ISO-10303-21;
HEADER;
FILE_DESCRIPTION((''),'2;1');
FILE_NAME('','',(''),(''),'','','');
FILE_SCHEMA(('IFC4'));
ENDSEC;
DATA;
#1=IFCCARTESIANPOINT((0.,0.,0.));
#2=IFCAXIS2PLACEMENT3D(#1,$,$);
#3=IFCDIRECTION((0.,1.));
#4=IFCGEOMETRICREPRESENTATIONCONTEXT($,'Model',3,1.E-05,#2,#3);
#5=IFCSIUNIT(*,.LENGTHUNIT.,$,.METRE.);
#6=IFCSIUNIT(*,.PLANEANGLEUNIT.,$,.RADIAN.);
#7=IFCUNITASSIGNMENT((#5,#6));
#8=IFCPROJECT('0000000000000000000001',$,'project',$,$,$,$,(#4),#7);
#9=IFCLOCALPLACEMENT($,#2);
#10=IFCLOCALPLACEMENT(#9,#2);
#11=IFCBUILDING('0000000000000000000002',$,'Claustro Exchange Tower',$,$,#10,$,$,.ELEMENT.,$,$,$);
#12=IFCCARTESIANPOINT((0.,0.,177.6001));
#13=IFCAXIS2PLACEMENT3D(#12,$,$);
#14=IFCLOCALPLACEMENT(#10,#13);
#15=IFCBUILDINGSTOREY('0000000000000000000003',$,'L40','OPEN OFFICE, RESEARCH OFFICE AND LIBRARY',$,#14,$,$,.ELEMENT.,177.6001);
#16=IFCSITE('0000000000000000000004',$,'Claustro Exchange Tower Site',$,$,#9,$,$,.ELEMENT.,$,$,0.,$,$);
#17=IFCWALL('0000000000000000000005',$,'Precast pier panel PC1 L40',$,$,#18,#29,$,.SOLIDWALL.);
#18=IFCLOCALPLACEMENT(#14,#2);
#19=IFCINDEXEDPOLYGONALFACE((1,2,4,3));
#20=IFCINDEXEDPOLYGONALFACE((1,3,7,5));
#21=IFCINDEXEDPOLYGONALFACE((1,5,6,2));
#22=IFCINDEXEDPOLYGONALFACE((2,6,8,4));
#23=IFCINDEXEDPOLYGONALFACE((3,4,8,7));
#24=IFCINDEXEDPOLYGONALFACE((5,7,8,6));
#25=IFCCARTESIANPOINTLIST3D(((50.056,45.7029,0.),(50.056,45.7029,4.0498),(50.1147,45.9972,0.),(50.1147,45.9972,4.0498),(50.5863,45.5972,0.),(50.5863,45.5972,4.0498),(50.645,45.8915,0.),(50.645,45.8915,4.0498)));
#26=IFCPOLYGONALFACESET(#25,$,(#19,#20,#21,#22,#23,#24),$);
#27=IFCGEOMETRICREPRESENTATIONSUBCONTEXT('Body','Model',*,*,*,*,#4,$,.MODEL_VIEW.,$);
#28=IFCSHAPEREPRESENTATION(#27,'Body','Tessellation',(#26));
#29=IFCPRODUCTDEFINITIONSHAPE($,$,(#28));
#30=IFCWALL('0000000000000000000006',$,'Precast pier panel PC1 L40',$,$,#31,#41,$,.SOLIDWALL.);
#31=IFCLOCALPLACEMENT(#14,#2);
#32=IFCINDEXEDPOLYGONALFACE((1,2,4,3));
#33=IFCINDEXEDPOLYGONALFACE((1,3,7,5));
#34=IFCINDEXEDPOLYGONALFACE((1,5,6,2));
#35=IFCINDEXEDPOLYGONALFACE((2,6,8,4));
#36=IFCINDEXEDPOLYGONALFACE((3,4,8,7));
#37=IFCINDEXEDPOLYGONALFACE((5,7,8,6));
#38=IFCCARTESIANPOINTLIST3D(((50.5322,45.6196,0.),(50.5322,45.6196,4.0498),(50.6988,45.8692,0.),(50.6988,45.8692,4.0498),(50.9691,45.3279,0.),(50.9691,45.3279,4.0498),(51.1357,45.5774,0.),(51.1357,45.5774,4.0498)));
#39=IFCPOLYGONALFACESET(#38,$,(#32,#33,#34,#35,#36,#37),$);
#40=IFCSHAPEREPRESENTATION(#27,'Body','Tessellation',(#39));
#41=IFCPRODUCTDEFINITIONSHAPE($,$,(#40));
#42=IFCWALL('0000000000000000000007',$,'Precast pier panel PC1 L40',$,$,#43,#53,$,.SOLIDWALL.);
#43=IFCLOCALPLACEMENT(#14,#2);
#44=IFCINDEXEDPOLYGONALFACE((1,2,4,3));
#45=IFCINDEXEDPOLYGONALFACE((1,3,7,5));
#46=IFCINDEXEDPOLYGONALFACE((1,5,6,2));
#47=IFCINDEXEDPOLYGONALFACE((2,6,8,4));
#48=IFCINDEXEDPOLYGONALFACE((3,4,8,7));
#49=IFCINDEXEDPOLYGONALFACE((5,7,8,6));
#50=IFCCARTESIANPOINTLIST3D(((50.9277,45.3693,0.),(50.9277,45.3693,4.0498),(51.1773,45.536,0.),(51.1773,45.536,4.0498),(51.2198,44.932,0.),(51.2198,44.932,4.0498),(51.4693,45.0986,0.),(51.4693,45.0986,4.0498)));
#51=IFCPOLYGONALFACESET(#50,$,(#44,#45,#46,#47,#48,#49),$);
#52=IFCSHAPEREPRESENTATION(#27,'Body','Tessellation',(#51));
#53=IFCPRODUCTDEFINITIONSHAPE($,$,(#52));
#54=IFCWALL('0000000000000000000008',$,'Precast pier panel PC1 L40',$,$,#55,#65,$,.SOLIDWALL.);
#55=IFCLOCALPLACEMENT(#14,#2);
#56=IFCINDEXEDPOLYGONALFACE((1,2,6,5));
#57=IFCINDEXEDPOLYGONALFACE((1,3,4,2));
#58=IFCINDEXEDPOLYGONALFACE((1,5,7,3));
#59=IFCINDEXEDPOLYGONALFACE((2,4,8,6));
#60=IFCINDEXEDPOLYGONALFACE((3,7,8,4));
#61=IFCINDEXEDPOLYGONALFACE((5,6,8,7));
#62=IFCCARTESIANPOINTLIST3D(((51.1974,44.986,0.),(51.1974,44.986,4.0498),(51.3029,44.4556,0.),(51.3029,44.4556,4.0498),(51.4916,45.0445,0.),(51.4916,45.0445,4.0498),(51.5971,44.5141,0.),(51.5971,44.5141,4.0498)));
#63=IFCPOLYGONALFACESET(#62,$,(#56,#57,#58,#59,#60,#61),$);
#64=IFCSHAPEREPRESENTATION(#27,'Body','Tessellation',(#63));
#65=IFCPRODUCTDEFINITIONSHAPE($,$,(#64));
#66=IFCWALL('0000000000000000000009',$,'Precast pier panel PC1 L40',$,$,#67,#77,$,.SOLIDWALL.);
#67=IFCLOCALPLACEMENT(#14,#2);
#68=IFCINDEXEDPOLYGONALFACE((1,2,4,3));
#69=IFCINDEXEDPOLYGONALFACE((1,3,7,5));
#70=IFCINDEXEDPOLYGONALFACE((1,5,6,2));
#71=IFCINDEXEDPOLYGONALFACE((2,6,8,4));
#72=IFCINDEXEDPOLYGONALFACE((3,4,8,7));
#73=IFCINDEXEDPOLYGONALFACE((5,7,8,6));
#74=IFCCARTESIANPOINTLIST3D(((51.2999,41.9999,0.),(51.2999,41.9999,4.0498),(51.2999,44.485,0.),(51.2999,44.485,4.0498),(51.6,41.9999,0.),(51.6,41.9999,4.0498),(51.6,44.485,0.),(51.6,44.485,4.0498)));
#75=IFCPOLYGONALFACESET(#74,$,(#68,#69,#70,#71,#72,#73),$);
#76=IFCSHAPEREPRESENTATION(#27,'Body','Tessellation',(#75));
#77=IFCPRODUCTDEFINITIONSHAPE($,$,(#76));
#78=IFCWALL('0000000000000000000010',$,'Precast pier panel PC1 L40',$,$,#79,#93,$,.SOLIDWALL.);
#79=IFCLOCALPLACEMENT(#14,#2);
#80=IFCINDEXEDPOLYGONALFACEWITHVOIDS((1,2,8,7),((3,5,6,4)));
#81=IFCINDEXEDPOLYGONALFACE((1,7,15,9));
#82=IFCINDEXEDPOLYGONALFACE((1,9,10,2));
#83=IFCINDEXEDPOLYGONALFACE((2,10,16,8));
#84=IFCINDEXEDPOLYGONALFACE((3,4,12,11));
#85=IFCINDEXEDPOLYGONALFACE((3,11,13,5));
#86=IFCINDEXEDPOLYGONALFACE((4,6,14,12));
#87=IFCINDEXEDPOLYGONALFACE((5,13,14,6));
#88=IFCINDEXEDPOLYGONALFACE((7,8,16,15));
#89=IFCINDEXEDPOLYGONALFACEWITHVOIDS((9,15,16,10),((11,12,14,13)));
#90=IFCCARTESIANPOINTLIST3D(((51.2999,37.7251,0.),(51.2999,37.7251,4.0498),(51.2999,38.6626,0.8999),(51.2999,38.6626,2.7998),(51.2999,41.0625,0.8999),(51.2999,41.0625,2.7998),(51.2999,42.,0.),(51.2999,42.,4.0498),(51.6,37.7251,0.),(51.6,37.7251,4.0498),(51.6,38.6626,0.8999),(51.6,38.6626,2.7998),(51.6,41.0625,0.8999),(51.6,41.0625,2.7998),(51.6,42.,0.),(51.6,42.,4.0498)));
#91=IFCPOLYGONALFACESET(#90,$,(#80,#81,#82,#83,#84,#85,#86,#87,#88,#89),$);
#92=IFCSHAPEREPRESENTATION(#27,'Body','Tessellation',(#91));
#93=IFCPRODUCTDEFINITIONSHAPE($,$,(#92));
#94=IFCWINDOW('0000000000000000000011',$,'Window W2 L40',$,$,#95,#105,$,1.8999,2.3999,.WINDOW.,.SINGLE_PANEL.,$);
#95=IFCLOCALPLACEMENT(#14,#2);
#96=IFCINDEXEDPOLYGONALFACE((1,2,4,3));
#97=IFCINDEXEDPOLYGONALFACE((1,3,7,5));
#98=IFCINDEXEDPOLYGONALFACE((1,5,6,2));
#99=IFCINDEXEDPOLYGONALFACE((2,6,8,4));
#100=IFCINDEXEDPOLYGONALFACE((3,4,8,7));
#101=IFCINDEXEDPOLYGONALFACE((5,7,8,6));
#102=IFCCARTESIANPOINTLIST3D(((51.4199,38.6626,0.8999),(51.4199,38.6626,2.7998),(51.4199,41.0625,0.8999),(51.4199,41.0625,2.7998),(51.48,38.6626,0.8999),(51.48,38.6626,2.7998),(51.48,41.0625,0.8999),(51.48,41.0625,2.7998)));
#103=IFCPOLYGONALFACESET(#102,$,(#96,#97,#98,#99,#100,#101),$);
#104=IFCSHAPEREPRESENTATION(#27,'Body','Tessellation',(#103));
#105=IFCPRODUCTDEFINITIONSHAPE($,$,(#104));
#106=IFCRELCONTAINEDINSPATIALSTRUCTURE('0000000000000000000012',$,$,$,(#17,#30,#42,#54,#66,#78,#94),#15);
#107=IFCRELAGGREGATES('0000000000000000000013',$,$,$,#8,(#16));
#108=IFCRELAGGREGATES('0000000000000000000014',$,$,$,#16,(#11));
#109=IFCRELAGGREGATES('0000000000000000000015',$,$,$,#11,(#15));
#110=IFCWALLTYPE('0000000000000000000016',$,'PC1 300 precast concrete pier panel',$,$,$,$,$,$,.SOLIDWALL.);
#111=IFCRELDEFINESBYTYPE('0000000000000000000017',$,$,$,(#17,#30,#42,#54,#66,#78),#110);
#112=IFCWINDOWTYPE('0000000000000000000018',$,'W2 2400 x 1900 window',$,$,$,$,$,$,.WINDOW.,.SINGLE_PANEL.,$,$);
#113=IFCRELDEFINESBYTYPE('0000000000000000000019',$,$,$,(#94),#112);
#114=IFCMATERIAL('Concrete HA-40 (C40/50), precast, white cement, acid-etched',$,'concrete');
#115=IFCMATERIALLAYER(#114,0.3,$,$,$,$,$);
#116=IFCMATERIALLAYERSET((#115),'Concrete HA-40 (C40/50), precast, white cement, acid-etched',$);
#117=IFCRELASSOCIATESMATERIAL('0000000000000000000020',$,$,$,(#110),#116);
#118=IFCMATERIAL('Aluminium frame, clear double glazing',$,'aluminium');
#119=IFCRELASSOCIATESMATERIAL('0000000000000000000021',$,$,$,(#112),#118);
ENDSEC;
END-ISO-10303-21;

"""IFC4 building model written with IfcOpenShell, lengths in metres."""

from ifc_helpers import new_model, si_unit, direction, frame, frame_2d, origin, place, context, subcontext, project, spatial, rectangle, extrude, material, layer, layer_set, type_object, element, fill, save


model = new_model("IFC4")

# Units and contexts
model_context = context("Model", 3, precision=1e-05, world=origin(), true_north=direction((0.0, 1.0)))
body_context = subcontext(model_context, "Body", "Model", "MODEL_VIEW")
ifc_project = project(units=[si_unit("LENGTHUNIT", "METRE"), si_unit("PLANEANGLEUNIT", "RADIAN")], contexts=[model_context])

# Site, building, storey
site_placement = place(None, origin())
site = spatial("IfcSite", under=ifc_project, at=site_placement, Name="Claustro Exchange Tower Site", CompositionType="ELEMENT", RefElevation=0.0)
building_placement = place(site_placement, origin())
building = spatial("IfcBuilding", under=site, at=building_placement, Name="Claustro Exchange Tower", CompositionType="ELEMENT")
storey_placement = place(building_placement, frame((0.0, 0.0, 177.6001)))
storey = spatial("IfcBuildingStorey", under=building, at=storey_placement, Name="L40", Description="OPEN OFFICE, RESEARCH OFFICE AND LIBRARY", CompositionType="ELEMENT", Elevation=177.6001)

# Shared definitions
ifc_material_1 = material(Name="Concrete HA-40 (C40/50), precast, white cement, acid-etched", Category="concrete")
ifc_layer_1 = layer(ifc_material_1, 0.3)
ifc_layer_set_1 = layer_set([ifc_layer_1], Name="Concrete HA-40 (C40/50), precast, white cement, acid-etched")
wall_type_1 = type_object("IfcWallType", Name="PC1 300 precast concrete pier panel", PredefinedType="SOLIDWALL", material=ifc_layer_set_1)

# Walls
wall_1_placement = place(storey_placement, frame((50.0852, 45.8501, 0.0), z_axis=(0.0, 0.0, 1.0), x_axis=(0.980702, -0.195508, 0.0)))
element("IfcWall", 1, at=wall_1_placement, inside=storey, type_object=wall_type_1, Name="Precast pier panel PC1 L40", PredefinedType="SOLIDWALL", context=body_context, shape_type="SweptSolid", body=[
    extrude(rectangle(XDim=0.5408, YDim=0.3, at=frame_2d((0.2705, 0.0))), origin(), (0.0, 0.0, 1.0), 4.0498),
])
wall_2_placement = place(storey_placement, frame((50.6155, 45.7444, 0.0), z_axis=(0.0, 0.0, 1.0), x_axis=(0.831693, -0.555236, 0.0)))
element("IfcWall", 2, at=wall_2_placement, inside=storey, type_object=wall_type_1, Name="Precast pier panel PC1 L40", PredefinedType="SOLIDWALL", context=body_context, shape_type="SweptSolid", body=[
    extrude(rectangle(XDim=0.5254, YDim=0.3, at=frame_2d((0.2627, 0.0))), origin(), (0.0, 0.0, 1.0), 4.0498),
])
wall_3_placement = place(storey_placement, frame((51.0525, 45.4526, 0.0), z_axis=(0.0, 0.0, 1.0), x_axis=(0.555343, -0.831621, 0.0)))
element("IfcWall", 3, at=wall_3_placement, inside=storey, type_object=wall_type_1, Name="Precast pier panel PC1 L40", PredefinedType="SOLIDWALL", context=body_context, shape_type="SweptSolid", body=[
    extrude(rectangle(XDim=0.5259, YDim=0.3, at=frame_2d((0.2629, 0.0))), origin(), (0.0, 0.0, 1.0), 4.0498),
])
wall_4_placement = place(storey_placement, frame((51.3445, 45.0154, 0.0), z_axis=(0.0, 0.0, 1.0), x_axis=(0.195074, -0.980789, 0.0)))
element("IfcWall", 4, at=wall_4_placement, inside=storey, type_object=wall_type_1, Name="Precast pier panel PC1 L40", PredefinedType="SOLIDWALL", context=body_context, shape_type="SweptSolid", body=[
    extrude(rectangle(XDim=0.5408, YDim=0.3, at=frame_2d((0.2705, 0.0))), origin(), (0.0, 0.0, 1.0), 4.0498),
])
wall_5_placement = place(storey_placement, frame((51.45, 44.4851, 0.0), z_axis=(0.0, 0.0, 1.0), x_axis=(0.0, -1.0, 0.0)))
element("IfcWall", 5, at=wall_5_placement, inside=storey, type_object=wall_type_1, Name="Precast pier panel PC1 L40", PredefinedType="SOLIDWALL", context=body_context, shape_type="SweptSolid", body=[
    extrude(rectangle(XDim=2.4851, YDim=0.3, at=frame_2d((1.2427, 0.0))), origin(), (0.0, 0.0, 1.0), 4.0498),
])

# Wall, opening, window
wall_6_placement = place(storey_placement, frame((51.45, 42.0, 0.0), z_axis=(0.0, 0.0, 1.0), x_axis=(0.0, -1.0, 0.0)))
wall_6 = element("IfcWall", 6, at=wall_6_placement, inside=storey, type_object=wall_type_1, Name="Precast pier panel PC1 L40", PredefinedType="SOLIDWALL", context=body_context, shape_type="SweptSolid", body=[
    extrude(rectangle(XDim=4.2749, YDim=0.3, at=frame_2d((2.1375, 0.0))), origin(), (0.0, 0.0, 1.0), 4.0498),
])
opening_1_placement = place(wall_6_placement, frame((0.9375, 0.0, 0.8999)))
opening_1 = element("IfcOpeningElement", 7, at=opening_1_placement, cuts=wall_6, PredefinedType="OPENING", context=body_context, shape_type="SweptSolid", body=[
    extrude(rectangle(XDim=2.3999, YDim=1.8999, at=frame_2d((1.2, 0.95))), frame((0.0, 0.1599, 0.0), z_axis=(0.0, -1.0, 0.0), x_axis=(1.0, 0.0, 0.0)), (0.0, 0.0, 1.0), 0.3201),
])
ifc_material_2 = material(Name="Aluminium frame, clear double glazing", Category="aluminium")
window_type_1 = type_object("IfcWindowType", Name="W2 2400 x 1900 window", PartitioningType="SINGLE_PANEL", PredefinedType="WINDOW", material=ifc_material_2)
window_1_placement = place(opening_1_placement, origin())
window_1 = element("IfcWindow", 8, at=window_1_placement, inside=storey, type_object=window_type_1, Name="Window W2 L40", OverallHeight=1.8999, OverallWidth=2.3999, PartitioningType="SINGLE_PANEL", PredefinedType="WINDOW", context=body_context, shape_type="SweptSolid", body=[
    extrude(rectangle(XDim=2.3999, YDim=1.8999, at=frame_2d((1.2, 0.95))), frame((0.0, 0.03, 0.0), z_axis=(0.0, -1.0, 0.0), x_axis=(1.0, 0.0, 0.0)), (0.0, 0.0, 1.0), 0.0601),
])
fill(opening_1, window_1)

save(model, "model.ifc")
